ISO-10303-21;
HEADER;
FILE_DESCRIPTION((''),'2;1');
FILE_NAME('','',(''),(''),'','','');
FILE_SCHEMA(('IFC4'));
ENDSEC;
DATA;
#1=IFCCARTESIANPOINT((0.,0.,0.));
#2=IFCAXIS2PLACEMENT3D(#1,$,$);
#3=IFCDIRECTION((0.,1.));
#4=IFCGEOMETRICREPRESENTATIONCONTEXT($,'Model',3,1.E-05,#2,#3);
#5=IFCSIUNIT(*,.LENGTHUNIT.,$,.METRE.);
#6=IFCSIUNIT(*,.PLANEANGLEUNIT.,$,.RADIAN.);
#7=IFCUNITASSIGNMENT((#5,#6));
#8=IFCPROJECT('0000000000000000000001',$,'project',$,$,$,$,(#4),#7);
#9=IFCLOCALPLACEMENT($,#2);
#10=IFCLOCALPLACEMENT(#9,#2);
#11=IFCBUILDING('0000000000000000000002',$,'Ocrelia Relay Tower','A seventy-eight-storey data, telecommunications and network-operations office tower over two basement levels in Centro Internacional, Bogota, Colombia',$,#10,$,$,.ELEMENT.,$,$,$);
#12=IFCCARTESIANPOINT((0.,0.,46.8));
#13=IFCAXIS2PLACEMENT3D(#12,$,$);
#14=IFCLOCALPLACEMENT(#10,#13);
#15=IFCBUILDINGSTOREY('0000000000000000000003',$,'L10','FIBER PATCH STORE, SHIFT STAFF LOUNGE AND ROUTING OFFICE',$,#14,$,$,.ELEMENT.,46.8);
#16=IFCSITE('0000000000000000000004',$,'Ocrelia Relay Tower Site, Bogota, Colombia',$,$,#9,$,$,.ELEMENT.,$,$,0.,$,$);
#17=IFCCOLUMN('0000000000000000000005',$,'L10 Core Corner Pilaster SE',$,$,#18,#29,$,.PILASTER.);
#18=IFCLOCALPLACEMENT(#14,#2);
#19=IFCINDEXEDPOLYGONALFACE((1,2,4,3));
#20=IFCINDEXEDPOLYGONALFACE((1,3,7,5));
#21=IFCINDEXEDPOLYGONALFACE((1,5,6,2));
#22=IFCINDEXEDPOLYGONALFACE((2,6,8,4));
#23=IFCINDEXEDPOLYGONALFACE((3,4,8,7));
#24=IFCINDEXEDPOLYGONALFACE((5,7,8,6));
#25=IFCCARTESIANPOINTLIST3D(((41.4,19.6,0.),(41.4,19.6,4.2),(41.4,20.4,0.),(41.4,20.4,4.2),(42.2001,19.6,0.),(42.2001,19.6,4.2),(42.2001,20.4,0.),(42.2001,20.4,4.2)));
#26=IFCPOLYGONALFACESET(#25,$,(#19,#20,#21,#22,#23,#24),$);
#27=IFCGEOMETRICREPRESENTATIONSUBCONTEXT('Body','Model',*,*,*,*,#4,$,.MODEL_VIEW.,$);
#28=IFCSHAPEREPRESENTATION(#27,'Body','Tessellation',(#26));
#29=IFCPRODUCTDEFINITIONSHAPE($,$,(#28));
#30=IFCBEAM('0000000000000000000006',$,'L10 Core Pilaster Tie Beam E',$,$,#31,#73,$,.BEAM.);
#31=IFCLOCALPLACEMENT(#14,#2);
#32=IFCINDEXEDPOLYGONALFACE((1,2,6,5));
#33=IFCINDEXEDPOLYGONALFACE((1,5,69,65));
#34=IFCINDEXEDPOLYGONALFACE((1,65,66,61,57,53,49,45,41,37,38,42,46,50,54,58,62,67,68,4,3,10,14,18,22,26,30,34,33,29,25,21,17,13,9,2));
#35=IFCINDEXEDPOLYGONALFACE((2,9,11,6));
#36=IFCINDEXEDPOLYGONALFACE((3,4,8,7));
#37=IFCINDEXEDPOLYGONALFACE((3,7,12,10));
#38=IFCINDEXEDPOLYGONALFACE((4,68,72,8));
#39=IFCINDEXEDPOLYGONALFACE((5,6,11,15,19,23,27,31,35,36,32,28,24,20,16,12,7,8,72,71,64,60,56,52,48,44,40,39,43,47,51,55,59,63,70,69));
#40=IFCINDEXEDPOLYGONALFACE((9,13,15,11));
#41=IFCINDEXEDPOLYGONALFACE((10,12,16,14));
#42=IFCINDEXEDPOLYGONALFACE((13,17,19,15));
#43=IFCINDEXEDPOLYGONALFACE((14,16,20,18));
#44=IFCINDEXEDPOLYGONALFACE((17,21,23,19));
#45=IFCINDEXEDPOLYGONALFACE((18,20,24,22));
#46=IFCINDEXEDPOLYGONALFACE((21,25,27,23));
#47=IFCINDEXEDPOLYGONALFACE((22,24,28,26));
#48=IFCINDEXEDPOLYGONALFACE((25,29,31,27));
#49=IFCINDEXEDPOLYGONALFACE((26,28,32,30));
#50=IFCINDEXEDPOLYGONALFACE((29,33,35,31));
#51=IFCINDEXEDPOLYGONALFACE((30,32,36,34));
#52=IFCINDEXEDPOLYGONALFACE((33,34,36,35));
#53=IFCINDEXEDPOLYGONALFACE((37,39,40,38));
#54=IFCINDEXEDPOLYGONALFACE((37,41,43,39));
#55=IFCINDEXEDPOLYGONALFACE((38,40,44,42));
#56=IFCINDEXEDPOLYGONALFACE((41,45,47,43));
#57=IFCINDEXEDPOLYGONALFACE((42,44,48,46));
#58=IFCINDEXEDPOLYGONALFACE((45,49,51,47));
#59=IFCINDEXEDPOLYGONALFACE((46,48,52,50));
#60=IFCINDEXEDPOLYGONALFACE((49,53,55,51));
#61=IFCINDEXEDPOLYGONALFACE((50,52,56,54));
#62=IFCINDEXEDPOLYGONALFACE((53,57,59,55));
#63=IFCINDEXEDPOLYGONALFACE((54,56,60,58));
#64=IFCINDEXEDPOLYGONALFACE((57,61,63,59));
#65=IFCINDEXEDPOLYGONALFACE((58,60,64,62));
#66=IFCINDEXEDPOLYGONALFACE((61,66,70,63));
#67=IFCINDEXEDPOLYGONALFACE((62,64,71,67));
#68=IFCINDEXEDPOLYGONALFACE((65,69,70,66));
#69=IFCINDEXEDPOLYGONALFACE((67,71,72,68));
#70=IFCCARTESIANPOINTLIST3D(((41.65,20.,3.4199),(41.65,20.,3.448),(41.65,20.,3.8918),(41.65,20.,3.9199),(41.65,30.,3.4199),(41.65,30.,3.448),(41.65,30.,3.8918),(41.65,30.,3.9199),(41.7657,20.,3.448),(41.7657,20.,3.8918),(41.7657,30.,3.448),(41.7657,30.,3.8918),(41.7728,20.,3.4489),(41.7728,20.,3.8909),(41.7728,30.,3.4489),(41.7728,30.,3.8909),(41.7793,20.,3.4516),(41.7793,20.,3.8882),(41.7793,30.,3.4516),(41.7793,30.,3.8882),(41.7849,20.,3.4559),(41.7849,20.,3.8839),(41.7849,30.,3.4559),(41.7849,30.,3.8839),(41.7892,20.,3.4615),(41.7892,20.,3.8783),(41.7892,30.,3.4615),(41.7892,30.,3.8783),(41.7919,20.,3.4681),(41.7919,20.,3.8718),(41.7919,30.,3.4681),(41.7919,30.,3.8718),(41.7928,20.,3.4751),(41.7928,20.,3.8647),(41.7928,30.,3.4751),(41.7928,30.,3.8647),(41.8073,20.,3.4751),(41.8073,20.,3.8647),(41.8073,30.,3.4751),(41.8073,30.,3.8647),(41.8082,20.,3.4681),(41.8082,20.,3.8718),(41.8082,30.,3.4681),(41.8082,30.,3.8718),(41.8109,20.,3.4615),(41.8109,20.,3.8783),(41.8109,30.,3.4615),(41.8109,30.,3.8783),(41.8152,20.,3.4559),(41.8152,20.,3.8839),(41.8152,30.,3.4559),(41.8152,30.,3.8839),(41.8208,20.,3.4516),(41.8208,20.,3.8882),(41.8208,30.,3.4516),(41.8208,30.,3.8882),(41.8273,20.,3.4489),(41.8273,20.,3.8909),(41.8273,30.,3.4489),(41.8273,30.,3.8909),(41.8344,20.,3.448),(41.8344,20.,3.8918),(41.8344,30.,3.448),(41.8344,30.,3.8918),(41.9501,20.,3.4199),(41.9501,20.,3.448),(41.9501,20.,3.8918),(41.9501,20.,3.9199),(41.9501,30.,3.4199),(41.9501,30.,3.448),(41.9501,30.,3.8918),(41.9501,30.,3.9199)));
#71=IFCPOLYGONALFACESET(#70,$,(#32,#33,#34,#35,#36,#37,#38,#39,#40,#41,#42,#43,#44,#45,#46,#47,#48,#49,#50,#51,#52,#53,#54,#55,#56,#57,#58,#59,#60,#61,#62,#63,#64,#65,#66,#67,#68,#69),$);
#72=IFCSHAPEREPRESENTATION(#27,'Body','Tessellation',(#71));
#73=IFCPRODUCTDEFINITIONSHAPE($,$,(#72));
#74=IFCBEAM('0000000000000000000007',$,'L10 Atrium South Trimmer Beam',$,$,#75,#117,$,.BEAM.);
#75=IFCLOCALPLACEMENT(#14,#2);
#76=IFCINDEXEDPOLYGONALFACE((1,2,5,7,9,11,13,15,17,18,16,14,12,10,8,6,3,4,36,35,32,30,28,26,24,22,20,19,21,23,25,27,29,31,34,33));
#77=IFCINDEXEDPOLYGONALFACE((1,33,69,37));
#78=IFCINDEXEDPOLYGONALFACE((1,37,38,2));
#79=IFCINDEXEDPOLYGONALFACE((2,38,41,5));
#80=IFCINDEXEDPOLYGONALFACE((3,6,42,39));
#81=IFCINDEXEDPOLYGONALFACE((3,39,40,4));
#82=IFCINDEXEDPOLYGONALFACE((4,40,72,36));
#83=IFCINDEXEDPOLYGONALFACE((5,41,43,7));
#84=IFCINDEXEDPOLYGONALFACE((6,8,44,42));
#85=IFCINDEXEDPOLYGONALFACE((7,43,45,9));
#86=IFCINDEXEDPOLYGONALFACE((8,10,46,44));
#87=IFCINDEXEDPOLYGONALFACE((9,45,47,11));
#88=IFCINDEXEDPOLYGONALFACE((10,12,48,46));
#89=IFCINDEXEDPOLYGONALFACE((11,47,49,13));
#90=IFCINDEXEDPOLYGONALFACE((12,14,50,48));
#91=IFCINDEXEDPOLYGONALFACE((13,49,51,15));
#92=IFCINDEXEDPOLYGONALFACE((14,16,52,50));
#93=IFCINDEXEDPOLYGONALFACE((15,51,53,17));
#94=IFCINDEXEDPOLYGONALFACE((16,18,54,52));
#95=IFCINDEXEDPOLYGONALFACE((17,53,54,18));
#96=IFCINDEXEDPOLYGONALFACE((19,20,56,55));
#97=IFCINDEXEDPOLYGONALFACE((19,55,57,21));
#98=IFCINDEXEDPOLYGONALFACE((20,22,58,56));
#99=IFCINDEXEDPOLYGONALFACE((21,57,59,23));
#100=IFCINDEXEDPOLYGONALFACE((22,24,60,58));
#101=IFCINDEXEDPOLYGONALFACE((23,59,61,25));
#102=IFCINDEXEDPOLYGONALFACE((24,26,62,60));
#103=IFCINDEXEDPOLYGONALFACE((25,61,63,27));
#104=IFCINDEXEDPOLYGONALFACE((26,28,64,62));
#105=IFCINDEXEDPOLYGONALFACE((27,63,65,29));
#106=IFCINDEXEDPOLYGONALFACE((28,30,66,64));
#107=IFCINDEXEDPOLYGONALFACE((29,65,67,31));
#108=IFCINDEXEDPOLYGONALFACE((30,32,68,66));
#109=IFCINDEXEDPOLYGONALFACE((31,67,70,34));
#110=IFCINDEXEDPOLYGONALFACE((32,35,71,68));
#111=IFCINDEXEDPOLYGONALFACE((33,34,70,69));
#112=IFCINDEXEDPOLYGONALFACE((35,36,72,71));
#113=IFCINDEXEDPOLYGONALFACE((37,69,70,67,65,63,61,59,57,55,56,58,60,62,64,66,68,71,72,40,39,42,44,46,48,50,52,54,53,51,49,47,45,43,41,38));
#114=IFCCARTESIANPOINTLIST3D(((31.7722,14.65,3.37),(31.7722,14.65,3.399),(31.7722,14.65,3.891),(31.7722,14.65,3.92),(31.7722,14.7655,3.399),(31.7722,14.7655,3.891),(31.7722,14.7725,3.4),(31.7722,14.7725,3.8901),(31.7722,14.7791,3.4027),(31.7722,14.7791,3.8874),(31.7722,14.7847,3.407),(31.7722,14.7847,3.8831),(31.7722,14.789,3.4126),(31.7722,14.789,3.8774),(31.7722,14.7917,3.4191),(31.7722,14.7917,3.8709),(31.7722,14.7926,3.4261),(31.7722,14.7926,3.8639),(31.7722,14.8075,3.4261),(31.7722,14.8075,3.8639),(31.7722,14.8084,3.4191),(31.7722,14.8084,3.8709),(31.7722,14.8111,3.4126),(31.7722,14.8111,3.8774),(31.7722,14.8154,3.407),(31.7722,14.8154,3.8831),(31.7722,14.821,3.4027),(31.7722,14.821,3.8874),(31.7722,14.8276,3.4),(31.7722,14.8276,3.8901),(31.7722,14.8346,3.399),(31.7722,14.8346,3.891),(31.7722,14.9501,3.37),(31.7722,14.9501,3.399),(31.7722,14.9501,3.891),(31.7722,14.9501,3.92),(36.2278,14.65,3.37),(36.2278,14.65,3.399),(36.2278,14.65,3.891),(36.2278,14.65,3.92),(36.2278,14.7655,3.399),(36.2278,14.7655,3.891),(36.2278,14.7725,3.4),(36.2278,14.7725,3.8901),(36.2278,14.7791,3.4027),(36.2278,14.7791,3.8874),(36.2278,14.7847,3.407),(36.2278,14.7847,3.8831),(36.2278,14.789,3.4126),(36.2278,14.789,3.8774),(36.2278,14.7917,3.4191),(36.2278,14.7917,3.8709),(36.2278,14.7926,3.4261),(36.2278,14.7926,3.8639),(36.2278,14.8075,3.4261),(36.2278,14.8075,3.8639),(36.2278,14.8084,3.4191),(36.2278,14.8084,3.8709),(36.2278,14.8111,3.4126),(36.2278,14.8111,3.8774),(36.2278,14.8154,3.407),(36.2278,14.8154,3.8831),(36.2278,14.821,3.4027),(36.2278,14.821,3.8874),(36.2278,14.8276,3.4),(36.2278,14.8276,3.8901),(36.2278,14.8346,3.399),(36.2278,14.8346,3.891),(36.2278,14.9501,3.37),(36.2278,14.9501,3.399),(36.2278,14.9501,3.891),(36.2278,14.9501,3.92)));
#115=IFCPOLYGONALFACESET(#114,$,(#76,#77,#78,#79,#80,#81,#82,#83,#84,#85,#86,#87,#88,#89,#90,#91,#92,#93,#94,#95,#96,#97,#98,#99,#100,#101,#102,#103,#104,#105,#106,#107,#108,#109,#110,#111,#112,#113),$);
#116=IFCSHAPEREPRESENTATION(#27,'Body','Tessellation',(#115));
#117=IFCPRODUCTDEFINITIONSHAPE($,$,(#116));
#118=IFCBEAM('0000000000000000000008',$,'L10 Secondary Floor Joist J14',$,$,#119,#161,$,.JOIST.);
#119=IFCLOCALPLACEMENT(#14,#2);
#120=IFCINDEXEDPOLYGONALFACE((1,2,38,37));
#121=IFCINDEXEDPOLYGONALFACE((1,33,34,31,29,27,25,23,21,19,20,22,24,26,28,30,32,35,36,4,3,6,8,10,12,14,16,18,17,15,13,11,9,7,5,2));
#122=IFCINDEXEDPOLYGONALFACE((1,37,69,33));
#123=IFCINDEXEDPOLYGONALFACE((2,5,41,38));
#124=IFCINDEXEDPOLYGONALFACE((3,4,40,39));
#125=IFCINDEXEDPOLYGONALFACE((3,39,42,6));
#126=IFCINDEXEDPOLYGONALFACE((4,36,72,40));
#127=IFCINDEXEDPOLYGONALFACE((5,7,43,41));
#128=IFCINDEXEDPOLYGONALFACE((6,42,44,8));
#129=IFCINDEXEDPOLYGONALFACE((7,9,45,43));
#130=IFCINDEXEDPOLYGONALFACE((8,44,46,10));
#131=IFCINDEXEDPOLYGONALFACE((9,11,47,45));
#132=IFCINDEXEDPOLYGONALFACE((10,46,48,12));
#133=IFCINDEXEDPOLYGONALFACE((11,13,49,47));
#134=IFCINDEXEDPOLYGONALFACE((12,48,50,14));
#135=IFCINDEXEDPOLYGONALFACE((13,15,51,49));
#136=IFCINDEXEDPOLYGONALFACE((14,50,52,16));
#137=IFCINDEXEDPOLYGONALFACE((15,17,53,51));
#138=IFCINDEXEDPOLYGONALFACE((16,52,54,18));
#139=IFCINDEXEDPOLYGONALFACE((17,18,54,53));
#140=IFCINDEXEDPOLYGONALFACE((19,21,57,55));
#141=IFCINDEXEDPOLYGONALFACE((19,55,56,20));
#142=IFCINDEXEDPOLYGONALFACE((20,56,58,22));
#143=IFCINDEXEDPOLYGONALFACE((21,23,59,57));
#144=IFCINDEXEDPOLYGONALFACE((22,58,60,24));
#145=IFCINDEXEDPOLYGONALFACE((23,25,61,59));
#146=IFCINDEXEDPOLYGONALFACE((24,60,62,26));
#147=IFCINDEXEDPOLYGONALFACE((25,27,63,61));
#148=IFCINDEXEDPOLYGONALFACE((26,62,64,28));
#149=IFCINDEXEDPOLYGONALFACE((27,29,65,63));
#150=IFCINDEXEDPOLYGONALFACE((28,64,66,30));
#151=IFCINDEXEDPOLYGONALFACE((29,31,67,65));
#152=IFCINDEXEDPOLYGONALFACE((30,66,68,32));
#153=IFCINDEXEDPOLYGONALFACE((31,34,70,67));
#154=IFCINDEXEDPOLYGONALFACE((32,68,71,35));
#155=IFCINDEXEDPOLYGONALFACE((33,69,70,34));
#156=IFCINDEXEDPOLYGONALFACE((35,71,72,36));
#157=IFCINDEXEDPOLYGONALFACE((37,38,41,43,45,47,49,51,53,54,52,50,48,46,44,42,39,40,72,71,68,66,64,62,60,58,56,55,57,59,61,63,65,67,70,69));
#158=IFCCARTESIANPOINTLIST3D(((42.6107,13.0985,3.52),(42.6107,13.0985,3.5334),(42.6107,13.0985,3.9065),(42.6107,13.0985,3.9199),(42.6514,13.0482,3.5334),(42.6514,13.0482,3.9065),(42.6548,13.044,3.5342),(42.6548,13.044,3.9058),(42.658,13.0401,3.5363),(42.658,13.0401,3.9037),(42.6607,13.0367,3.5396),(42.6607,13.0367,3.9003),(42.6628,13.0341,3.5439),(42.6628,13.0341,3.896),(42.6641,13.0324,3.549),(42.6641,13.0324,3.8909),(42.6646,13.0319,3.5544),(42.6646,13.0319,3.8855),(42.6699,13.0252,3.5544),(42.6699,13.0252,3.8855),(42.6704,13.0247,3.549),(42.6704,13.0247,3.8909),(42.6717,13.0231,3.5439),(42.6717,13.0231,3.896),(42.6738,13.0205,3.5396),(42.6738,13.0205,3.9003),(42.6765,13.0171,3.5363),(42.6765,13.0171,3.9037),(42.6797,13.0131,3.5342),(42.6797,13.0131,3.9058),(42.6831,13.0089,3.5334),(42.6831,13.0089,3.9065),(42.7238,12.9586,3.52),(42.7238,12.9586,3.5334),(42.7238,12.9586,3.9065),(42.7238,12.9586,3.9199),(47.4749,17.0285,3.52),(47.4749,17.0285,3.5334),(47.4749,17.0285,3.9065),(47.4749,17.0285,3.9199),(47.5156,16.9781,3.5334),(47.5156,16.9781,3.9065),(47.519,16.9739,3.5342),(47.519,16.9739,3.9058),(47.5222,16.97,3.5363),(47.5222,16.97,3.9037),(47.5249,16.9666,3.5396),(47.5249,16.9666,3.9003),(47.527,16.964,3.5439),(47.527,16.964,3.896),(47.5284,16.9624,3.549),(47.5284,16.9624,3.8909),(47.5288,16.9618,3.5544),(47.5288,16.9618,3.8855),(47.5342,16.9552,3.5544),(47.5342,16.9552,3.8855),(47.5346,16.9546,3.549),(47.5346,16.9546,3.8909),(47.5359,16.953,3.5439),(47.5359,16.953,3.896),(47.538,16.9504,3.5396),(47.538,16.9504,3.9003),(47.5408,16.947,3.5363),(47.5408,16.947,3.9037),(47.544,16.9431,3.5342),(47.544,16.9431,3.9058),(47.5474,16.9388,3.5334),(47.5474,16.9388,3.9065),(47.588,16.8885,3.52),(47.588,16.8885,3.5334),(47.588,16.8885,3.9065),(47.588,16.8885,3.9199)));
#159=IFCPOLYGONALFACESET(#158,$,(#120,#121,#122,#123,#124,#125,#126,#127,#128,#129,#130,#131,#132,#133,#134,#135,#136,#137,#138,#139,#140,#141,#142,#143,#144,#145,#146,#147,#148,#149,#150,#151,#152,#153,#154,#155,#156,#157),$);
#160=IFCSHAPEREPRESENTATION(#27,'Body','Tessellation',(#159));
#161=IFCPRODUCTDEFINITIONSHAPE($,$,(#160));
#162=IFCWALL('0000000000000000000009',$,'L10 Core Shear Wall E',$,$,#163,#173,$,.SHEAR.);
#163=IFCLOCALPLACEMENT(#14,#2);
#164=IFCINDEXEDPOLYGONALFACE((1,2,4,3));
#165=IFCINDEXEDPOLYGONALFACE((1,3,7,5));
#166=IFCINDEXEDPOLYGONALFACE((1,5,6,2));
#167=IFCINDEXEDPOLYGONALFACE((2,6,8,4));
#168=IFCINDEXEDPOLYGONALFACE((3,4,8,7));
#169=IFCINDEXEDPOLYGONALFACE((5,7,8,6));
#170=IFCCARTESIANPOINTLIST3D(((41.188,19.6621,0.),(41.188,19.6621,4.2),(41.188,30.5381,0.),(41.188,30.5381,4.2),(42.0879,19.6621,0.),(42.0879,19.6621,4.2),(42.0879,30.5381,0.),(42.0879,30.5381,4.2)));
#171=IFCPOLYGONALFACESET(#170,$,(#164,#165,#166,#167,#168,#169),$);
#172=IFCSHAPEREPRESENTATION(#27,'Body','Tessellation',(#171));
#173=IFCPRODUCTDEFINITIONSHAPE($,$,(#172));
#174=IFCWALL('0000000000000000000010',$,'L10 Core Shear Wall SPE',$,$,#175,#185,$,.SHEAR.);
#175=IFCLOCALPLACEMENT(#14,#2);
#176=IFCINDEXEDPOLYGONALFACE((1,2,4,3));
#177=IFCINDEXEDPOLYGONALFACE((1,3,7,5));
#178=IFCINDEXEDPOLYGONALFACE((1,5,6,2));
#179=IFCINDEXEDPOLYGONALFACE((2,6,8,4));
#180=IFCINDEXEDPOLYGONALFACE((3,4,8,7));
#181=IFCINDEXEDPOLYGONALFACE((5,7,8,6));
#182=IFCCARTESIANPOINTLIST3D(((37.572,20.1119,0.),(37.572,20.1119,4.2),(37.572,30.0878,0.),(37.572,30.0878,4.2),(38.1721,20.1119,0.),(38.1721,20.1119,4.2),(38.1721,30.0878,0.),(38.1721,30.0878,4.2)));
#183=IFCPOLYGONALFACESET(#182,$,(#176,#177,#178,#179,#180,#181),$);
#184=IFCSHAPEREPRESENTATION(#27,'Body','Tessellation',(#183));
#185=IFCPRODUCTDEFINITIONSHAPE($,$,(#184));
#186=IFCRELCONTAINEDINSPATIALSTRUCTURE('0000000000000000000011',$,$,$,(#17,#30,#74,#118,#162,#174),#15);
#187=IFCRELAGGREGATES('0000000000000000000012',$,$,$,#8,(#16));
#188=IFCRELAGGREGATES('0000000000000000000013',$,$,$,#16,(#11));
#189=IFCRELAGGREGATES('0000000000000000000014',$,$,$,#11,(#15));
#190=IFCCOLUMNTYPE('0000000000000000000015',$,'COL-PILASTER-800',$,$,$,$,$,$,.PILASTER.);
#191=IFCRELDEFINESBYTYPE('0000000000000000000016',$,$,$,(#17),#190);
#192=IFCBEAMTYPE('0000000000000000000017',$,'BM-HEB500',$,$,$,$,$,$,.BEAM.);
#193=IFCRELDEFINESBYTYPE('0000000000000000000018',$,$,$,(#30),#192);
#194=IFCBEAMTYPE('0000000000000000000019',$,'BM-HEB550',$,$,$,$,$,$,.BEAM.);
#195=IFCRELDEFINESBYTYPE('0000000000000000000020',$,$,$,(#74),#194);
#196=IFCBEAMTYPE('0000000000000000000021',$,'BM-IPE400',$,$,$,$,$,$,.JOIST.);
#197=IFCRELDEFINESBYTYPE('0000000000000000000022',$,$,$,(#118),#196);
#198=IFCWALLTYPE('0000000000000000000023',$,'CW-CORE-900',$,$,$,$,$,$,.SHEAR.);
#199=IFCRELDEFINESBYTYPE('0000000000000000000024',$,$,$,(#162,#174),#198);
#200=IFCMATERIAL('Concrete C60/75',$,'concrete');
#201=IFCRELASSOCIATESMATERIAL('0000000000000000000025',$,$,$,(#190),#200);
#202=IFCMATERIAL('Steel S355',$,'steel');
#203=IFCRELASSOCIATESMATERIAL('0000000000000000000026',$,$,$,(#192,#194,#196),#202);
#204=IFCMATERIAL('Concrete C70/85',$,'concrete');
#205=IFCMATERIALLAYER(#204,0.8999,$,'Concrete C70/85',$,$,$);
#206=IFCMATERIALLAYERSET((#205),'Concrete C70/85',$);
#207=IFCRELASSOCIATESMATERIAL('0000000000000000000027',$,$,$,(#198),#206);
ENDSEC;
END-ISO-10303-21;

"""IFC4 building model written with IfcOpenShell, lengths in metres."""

from ifc_helpers import new_model, si_unit, direction, frame, frame_2d, origin, origin_2d, place, context, subcontext, project, spatial, rectangle, i_section, extrude, material, layer, layer_set, material_profile, profile_set, type_object, element, save


model = new_model("IFC4")

# Units and contexts
model_context = context("Model", 3, precision=1e-05, world=origin(), true_north=direction((0.0, 1.0)))
body_context = subcontext(model_context, "Body", "Model", "MODEL_VIEW")
ifc_project = project(units=[si_unit("LENGTHUNIT", "METRE"), si_unit("PLANEANGLEUNIT", "RADIAN")], contexts=[model_context])

# Site, building, storey
site_placement = place(None, origin())
site = spatial("IfcSite", under=ifc_project, at=site_placement, Name="Ocrelia Relay Tower Site, Bogota, Colombia", CompositionType="ELEMENT", RefElevation=0.0)
building_placement = place(site_placement, origin())
building = spatial("IfcBuilding", under=site, at=building_placement, Name="Ocrelia Relay Tower", Description="A seventy-eight-storey data, telecommunications and network-operations office tower over two basement levels in Centro Internacional, Bogota, Colombia", CompositionType="ELEMENT")
storey_placement = place(building_placement, frame((0.0, 0.0, 46.8)))
storey = spatial("IfcBuildingStorey", under=building, at=storey_placement, Name="L10", Description="FIBER PATCH STORE, SHIFT STAFF LOUNGE AND ROUTING OFFICE", CompositionType="ELEMENT", Elevation=46.8)

# Column
ifc_material_1 = material(Name="Concrete C60/75", Category="concrete")
ifc_material_profile_1 = material_profile(ifc_material_1, rectangle(XDim=0.8, YDim=0.8, at=origin_2d()), Name="RC-COL-800x800")
ifc_profile_set_1 = profile_set([ifc_material_profile_1], Name="Concrete C60/75")
column_type = type_object("IfcColumnType", Name="COL-PILASTER-800", PredefinedType="PILASTER", material=ifc_profile_set_1)
column_placement = place(storey_placement, frame((41.8, 20.0, 0.0), z_axis=(0.0, 0.0, 1.0), x_axis=(1.0, 0.0, 0.0)))
element("IfcColumn", 1, at=column_placement, inside=storey, type_object=column_type, Name="L10 Core Corner Pilaster SE", PredefinedType="PILASTER", context=body_context, shape_type="SweptSolid", body=[
    extrude(rectangle(XDim=0.8, YDim=0.8, at=origin_2d()), origin(), (0.0, 0.0, 1.0), 4.2),
])

# Beams
ifc_material_2 = material(Name="Steel S355", Category="steel")
ifc_material_profile_2 = material_profile(ifc_material_2, i_section(OverallWidth=0.3, OverallDepth=0.5, WebThickness=0.0144, FlangeThickness=0.0281, FilletRadius=0.0271, at=origin_2d()), Name="HEB 500")
ifc_profile_set_2 = profile_set([ifc_material_profile_2], Name="Steel S355")
beam_type_1 = type_object("IfcBeamType", Name="BM-HEB500", PredefinedType="BEAM", material=ifc_profile_set_2)
beam_1_placement = place(storey_placement, frame((41.8, 20.0, 3.6699), z_axis=(0.0, 1.0, 0.0), x_axis=(-1.0, 0.0, 0.0)))
element("IfcBeam", 2, at=beam_1_placement, inside=storey, type_object=beam_type_1, Name="L10 Core Pilaster Tie Beam E", PredefinedType="BEAM", context=body_context, shape_type="SweptSolid", body=[
    extrude(i_section(OverallWidth=0.3, OverallDepth=0.5, WebThickness=0.0144, FlangeThickness=0.0281, FilletRadius=0.0271, at=origin_2d()), origin(), (0.0, 0.0, 1.0), 10.0),
])
ifc_material_profile_3 = material_profile(ifc_material_2, i_section(OverallWidth=0.3, OverallDepth=0.55, WebThickness=0.0149, FlangeThickness=0.0291, FilletRadius=0.0271, at=origin_2d()), Name="HEB 550")
ifc_profile_set_3 = profile_set([ifc_material_profile_3], Name="Steel S355")
beam_type_2 = type_object("IfcBeamType", Name="BM-HEB550", PredefinedType="BEAM", material=ifc_profile_set_3)
beam_2_placement = place(storey_placement, frame((31.7722, 14.8, 3.645), z_axis=(1.0, 0.0, 0.0), x_axis=(0.0, 1.0, 0.0)))
element("IfcBeam", 3, at=beam_2_placement, inside=storey, type_object=beam_type_2, Name="L10 Atrium South Trimmer Beam", PredefinedType="BEAM", context=body_context, shape_type="SweptSolid", body=[
    extrude(i_section(OverallWidth=0.3, OverallDepth=0.55, WebThickness=0.0149, FlangeThickness=0.0291, FilletRadius=0.0271, at=origin_2d()), origin(), (0.0, 0.0, 1.0), 4.4556),
])
ifc_material_profile_4 = material_profile(ifc_material_2, i_section(OverallWidth=0.1799, OverallDepth=0.3999, WebThickness=0.0085, FlangeThickness=0.0134, FilletRadius=0.021, at=origin_2d()), Name="IPE 400")
ifc_profile_set_4 = profile_set([ifc_material_profile_4], Name="Steel S355")
beam_type_3 = type_object("IfcBeamType", Name="BM-IPE400", PredefinedType="JOIST", material=ifc_profile_set_4)
beam_3_placement = place(storey_placement, frame((42.6672, 13.0286, 3.72), z_axis=(0.777855, 0.628444, 0.0), x_axis=(-0.628444, 0.777855, 0.0)))
element("IfcBeam", 4, at=beam_3_placement, inside=storey, type_object=beam_type_3, Name="L10 Secondary Floor Joist J14", PredefinedType="JOIST", context=body_context, shape_type="SweptSolid", body=[
    extrude(i_section(OverallWidth=0.1799, OverallDepth=0.3999, WebThickness=0.0085, FlangeThickness=0.0134, FilletRadius=0.021, at=origin_2d()), origin(), (0.0, 0.0, 1.0), 6.2534),
])

# Walls
ifc_material_3 = material(Name="Concrete C70/85", Category="concrete")
ifc_layer_1 = layer(ifc_material_3, 0.8999, Name="Concrete C70/85")
ifc_layer_set_1 = layer_set([ifc_layer_1], Name="Concrete C70/85")
wall_type_1 = type_object("IfcWallType", Name="CW-CORE-900", PredefinedType="SHEAR", material=ifc_layer_set_1)
wall_1_placement = place(storey_placement, frame((41.6379, 19.6621, 0.0), z_axis=(0.0, 0.0, 1.0), x_axis=(0.0, 1.0, 0.0)))
element("IfcWall", 5, at=wall_1_placement, inside=storey, type_object=wall_type_1, Name="L10 Core Shear Wall E", PredefinedType="SHEAR", context=body_context, shape_type="SweptSolid", body=[
    extrude(rectangle(XDim=10.876, YDim=0.8999, at=frame_2d((5.438, 0.0))), origin(), (0.0, 0.0, 1.0), 4.2),
])
wall_2_placement = place(storey_placement, frame((37.8721, 20.1121, 0.0), z_axis=(0.0, 0.0, 1.0), x_axis=(0.0, 1.0, 0.0)))
element("IfcWall", 6, at=wall_2_placement, inside=storey, type_object=wall_type_1, Name="L10 Core Shear Wall SPE", PredefinedType="SHEAR", context=body_context, shape_type="SweptSolid", body=[
    extrude(rectangle(XDim=9.9758, YDim=0.6001, at=frame_2d((4.9878, 0.0))), origin(), (0.0, 0.0, 1.0), 4.2),
])

save(model, "model.ifc")
